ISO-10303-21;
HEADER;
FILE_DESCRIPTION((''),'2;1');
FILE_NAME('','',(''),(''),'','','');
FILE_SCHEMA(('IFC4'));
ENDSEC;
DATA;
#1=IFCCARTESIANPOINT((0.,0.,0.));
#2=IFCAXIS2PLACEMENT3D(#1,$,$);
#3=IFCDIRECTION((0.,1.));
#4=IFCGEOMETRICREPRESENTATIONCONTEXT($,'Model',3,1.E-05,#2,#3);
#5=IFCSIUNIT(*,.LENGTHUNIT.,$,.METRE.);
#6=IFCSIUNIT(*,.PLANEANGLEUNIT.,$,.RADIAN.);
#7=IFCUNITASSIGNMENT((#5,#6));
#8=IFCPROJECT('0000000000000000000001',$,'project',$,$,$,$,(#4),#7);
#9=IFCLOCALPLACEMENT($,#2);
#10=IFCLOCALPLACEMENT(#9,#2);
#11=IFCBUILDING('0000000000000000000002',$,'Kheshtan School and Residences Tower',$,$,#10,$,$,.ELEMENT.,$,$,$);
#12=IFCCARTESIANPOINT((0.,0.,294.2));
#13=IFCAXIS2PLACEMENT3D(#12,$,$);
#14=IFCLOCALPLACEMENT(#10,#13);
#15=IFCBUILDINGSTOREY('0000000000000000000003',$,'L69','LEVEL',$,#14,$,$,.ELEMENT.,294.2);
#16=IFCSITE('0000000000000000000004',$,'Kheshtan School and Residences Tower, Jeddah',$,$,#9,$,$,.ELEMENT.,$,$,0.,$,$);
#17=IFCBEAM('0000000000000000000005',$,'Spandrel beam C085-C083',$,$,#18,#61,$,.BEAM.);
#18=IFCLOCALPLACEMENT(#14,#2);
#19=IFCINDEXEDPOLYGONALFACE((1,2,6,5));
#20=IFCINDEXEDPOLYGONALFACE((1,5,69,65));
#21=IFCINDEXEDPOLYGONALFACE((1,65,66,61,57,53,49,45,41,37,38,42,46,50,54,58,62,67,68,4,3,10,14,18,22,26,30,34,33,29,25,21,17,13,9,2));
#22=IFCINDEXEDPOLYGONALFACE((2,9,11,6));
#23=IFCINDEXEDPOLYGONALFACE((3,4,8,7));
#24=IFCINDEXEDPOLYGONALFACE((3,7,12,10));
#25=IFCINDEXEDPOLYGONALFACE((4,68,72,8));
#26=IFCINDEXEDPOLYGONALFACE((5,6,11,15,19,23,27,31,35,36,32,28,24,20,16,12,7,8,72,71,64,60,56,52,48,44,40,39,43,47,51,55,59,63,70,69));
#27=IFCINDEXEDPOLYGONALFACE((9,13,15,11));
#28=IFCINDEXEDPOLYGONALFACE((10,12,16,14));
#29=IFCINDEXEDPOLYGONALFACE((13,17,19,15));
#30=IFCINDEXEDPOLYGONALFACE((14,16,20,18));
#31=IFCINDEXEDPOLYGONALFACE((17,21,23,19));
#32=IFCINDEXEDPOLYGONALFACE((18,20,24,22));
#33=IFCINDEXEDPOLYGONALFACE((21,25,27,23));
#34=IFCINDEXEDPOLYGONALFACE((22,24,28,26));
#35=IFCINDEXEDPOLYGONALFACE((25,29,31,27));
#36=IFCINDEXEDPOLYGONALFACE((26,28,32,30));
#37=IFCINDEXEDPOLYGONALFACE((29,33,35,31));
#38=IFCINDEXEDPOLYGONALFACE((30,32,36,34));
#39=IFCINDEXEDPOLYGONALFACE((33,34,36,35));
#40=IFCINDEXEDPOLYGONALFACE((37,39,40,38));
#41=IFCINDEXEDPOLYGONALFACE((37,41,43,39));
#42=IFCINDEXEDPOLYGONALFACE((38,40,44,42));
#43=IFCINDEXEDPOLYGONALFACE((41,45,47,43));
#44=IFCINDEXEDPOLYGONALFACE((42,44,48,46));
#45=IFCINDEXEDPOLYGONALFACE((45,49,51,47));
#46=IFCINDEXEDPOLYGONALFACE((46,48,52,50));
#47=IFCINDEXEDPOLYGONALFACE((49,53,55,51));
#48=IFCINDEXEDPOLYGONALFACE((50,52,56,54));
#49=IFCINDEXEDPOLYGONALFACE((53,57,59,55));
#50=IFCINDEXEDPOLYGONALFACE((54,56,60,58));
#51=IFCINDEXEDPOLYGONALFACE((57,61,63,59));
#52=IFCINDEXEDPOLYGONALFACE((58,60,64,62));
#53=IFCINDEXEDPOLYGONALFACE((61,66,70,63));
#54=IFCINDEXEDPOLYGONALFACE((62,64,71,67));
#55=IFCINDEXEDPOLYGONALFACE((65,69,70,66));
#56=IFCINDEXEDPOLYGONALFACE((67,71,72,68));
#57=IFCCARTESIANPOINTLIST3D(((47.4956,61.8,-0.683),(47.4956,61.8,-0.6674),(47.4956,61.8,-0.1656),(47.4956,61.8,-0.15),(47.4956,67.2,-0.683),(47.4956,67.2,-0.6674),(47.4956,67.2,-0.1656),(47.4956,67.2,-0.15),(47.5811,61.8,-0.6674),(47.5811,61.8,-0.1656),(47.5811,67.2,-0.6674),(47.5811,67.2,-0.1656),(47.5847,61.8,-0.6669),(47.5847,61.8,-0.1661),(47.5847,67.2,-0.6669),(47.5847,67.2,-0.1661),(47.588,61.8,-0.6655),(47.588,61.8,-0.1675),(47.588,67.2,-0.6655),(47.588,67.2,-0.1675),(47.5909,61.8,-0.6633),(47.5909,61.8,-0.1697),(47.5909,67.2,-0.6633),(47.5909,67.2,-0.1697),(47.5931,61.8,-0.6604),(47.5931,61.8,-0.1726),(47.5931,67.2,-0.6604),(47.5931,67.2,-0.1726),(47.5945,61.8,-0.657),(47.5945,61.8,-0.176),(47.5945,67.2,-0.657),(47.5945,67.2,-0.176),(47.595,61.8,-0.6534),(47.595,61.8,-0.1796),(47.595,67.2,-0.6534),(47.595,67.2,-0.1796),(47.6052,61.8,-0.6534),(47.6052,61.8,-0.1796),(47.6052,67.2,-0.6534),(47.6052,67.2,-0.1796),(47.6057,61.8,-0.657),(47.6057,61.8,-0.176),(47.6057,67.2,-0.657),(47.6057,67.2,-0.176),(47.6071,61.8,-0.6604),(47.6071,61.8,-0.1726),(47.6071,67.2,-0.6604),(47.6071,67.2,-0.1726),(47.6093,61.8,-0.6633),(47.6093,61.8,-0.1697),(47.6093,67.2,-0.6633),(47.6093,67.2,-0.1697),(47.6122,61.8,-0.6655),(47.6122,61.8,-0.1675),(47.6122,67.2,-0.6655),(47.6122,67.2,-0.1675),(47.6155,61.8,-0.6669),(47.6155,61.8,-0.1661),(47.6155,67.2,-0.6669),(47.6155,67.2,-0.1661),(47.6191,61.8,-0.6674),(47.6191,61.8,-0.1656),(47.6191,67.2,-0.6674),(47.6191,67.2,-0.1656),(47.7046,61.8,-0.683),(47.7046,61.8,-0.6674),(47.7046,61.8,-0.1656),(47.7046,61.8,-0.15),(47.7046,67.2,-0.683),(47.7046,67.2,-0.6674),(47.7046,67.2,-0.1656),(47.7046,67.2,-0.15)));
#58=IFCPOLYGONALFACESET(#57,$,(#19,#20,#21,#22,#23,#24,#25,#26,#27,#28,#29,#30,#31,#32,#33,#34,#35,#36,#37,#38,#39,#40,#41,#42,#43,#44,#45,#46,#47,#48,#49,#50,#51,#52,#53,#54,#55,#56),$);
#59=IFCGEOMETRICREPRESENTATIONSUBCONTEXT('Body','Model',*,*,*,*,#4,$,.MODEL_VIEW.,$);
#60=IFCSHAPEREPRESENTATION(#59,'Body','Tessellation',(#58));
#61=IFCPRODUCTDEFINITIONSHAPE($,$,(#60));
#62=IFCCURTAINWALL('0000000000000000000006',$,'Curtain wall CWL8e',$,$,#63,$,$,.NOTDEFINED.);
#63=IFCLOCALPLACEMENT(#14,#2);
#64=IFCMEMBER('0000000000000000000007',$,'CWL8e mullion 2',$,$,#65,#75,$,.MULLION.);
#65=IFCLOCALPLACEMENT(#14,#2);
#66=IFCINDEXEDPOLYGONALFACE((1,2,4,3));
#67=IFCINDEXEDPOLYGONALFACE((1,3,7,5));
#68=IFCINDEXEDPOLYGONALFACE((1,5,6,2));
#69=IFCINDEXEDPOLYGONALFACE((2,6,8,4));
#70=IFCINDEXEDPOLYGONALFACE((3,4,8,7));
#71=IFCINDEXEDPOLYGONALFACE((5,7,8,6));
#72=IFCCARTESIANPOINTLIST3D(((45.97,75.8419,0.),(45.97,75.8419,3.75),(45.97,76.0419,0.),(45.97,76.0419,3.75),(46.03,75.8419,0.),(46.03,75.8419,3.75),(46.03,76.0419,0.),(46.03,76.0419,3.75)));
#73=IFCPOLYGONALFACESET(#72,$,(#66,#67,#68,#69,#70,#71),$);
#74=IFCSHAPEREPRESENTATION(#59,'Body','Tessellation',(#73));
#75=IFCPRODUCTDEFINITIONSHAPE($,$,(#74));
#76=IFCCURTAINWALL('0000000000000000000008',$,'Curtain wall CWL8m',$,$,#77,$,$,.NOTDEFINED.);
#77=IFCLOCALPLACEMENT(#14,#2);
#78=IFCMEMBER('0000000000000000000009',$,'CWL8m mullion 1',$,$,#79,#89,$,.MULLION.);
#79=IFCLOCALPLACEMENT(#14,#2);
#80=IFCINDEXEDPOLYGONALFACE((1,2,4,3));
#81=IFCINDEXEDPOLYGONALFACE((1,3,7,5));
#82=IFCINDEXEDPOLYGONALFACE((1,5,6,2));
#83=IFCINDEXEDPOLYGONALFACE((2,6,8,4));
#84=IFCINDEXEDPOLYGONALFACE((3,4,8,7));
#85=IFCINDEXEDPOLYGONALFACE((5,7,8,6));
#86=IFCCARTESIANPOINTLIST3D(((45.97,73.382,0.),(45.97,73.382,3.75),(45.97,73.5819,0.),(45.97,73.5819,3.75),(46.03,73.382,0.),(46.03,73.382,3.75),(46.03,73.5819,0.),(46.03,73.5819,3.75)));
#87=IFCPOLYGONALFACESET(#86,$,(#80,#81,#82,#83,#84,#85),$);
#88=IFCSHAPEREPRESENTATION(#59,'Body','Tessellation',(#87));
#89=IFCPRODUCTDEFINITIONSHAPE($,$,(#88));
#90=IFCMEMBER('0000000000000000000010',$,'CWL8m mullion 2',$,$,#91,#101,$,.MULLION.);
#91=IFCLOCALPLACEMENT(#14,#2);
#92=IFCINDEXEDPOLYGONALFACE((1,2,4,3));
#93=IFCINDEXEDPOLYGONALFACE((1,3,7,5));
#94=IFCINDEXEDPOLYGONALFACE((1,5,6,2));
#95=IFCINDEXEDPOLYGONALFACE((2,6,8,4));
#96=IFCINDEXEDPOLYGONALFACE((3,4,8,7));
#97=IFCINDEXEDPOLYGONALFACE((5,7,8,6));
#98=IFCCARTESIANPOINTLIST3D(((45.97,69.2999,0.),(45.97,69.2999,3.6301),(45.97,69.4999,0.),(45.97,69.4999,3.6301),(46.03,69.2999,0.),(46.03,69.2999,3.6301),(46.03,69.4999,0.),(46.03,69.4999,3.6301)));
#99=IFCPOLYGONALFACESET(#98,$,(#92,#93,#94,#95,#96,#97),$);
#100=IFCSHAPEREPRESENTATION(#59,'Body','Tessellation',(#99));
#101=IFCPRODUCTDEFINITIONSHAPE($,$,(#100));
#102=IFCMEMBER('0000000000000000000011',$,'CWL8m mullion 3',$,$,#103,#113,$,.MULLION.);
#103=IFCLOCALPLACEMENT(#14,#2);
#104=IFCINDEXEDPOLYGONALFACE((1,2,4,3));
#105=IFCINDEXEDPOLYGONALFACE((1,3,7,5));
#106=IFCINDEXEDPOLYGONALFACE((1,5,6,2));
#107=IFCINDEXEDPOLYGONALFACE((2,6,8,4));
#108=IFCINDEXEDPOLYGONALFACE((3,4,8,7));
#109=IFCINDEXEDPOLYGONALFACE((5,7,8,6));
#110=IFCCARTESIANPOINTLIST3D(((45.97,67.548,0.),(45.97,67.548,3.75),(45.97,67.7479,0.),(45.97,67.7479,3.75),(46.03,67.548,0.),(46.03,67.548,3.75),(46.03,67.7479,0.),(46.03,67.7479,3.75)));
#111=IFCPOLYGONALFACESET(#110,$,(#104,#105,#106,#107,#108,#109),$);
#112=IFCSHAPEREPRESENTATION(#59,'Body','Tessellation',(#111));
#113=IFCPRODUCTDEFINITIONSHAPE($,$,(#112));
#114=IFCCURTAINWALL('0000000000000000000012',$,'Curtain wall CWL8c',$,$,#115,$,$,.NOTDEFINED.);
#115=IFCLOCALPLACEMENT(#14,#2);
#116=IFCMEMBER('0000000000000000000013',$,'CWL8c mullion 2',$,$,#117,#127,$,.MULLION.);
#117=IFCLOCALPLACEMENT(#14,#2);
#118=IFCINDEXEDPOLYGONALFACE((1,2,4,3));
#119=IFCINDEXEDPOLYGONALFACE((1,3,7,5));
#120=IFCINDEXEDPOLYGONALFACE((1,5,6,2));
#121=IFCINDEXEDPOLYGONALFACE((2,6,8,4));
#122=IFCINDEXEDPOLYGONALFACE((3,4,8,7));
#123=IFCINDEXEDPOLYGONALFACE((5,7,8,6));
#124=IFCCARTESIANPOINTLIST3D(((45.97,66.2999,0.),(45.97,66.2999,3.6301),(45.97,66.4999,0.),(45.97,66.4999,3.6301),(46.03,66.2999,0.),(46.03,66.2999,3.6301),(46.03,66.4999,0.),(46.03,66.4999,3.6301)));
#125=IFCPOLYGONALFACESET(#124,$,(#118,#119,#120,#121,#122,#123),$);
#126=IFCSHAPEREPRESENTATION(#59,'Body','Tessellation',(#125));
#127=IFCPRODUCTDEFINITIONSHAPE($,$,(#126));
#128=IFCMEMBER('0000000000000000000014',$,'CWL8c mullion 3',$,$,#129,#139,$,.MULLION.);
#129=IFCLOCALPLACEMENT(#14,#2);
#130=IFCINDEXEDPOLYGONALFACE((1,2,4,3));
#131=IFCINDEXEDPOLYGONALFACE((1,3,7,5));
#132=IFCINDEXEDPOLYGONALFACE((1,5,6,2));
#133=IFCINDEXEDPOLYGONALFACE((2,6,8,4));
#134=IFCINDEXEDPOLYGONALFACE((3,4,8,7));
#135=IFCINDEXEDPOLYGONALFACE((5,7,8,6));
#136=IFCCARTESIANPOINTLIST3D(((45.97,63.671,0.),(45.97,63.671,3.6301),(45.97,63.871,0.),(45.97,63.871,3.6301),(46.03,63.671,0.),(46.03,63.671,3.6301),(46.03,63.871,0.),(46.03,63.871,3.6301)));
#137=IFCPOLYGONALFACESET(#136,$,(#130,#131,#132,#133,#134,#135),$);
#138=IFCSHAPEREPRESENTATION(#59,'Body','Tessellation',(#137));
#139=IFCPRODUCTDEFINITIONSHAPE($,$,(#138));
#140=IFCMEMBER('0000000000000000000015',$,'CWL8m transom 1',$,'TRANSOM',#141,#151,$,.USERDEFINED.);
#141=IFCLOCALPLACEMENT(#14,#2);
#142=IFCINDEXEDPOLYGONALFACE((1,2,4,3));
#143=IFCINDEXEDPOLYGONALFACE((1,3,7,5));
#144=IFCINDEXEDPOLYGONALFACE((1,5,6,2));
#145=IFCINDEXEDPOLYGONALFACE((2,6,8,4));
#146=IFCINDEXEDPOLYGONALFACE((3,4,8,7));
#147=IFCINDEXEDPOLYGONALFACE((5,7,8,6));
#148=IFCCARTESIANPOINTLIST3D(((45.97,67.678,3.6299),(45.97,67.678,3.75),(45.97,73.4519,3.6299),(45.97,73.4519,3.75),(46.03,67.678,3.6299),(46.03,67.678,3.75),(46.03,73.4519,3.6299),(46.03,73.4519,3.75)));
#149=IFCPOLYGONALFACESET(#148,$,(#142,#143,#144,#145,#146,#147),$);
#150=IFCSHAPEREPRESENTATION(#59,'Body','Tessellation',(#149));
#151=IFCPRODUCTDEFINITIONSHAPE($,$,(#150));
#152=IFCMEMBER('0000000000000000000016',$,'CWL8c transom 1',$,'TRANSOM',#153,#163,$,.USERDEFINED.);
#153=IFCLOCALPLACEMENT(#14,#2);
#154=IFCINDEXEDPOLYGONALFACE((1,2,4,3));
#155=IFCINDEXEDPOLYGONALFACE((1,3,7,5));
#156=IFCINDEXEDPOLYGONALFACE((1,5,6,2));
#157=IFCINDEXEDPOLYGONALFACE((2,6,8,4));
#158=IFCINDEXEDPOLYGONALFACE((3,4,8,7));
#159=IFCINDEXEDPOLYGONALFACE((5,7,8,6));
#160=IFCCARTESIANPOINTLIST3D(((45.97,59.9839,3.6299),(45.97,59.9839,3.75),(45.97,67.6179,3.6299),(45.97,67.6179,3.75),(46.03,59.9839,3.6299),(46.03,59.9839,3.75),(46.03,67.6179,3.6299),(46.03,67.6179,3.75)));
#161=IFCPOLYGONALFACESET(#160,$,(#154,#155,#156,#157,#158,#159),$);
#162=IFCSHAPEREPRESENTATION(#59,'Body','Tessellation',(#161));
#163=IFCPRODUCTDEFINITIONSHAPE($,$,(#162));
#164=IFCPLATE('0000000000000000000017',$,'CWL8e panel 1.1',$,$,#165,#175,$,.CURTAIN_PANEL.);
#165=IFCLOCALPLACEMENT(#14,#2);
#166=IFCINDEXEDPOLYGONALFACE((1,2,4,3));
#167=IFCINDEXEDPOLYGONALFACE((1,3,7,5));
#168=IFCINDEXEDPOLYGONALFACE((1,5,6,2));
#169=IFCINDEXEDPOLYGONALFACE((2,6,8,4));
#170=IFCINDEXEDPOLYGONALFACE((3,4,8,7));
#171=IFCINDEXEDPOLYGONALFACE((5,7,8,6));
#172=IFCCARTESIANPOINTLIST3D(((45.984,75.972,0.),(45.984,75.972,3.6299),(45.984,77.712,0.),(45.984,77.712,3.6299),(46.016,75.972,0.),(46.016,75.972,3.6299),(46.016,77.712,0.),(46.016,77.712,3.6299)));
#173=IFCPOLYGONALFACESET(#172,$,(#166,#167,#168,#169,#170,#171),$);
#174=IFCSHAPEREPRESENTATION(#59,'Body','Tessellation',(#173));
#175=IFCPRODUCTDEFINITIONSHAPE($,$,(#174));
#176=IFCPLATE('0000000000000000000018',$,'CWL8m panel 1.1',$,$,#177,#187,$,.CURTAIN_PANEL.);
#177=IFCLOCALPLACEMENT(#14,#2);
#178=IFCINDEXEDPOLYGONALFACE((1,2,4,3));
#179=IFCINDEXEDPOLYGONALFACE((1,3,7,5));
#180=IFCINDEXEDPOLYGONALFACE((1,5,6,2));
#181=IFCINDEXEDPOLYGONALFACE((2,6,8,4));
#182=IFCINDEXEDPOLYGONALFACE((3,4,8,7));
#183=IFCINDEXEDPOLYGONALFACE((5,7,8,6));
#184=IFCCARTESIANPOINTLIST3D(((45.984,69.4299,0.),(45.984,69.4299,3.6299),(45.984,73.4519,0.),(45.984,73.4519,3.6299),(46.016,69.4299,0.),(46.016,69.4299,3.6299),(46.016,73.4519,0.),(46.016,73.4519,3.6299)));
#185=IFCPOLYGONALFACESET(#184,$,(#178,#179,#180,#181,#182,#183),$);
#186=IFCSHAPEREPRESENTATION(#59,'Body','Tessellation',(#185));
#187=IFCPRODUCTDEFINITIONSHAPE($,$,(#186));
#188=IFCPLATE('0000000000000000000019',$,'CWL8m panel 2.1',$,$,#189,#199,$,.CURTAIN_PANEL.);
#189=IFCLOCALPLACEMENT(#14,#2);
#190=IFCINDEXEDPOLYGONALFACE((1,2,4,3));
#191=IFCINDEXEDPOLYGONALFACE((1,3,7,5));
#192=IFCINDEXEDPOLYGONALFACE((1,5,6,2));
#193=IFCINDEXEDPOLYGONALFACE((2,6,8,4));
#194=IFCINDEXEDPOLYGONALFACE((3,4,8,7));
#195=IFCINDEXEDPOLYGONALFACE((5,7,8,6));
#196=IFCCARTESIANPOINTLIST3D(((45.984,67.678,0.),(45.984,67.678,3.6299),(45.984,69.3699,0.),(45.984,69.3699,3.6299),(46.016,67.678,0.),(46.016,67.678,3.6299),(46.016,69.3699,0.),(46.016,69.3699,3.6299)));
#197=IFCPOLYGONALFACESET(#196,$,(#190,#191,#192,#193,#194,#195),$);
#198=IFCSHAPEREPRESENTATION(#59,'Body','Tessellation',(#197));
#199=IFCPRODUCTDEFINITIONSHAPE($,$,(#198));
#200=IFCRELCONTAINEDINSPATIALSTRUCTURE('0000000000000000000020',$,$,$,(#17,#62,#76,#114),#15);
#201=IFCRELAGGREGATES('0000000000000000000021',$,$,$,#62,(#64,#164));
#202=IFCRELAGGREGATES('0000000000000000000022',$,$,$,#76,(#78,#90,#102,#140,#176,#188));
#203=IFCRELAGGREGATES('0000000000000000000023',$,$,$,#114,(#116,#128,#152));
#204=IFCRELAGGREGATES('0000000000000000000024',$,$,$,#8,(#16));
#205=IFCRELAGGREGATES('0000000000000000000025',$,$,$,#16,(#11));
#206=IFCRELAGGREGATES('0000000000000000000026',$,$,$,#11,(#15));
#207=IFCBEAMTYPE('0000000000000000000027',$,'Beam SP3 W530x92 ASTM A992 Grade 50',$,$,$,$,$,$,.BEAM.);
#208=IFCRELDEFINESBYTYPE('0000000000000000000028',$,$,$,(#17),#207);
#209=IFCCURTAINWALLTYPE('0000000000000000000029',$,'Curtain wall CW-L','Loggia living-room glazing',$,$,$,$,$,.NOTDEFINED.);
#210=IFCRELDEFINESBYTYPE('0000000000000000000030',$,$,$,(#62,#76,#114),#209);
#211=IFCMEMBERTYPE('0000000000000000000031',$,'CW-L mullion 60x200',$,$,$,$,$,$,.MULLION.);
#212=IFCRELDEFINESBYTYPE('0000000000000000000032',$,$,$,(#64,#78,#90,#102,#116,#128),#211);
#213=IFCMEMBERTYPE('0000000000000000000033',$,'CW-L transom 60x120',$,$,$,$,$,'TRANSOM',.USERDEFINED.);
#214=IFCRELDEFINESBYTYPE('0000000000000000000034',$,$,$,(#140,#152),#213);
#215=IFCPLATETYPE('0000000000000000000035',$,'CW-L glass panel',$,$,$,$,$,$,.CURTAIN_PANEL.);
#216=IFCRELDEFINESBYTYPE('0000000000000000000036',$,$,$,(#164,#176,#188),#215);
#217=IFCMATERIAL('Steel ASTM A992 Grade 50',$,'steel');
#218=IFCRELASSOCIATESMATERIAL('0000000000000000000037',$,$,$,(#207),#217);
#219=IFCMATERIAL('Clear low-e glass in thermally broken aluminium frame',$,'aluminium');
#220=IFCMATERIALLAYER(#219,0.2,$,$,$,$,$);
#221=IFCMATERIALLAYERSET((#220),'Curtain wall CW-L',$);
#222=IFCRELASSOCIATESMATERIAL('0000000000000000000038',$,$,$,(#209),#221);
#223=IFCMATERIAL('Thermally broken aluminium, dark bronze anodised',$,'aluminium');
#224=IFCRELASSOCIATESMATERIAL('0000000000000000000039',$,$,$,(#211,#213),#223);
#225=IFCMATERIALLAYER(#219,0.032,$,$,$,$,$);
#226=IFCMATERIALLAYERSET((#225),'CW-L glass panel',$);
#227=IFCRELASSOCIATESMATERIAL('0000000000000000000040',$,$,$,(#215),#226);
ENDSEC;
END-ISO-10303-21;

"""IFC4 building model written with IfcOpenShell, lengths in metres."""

from ifc_helpers import new_model, si_unit, direction, frame, origin, origin_2d, place, context, subcontext, project, spatial, rectangle, i_section, extrude, material, layer, layer_set, material_profile, profile_set, type_object, element, aggregate, save


model = new_model("IFC4")

# Units and contexts
model_context = context("Model", 3, precision=1e-05, world=origin(), true_north=direction((0.0, 1.0)))
body_context = subcontext(model_context, "Body", "Model", "MODEL_VIEW")
ifc_project = project(units=[si_unit("LENGTHUNIT", "METRE"), si_unit("PLANEANGLEUNIT", "RADIAN")], contexts=[model_context])

# Site, building, storey
site_placement = place(None, origin())
site = spatial("IfcSite", under=ifc_project, at=site_placement, Name="Kheshtan School and Residences Tower, Jeddah", CompositionType="ELEMENT", RefElevation=0.0)
building_placement = place(site_placement, origin())
building = spatial("IfcBuilding", under=site, at=building_placement, Name="Kheshtan School and Residences Tower", CompositionType="ELEMENT")
storey_placement = place(building_placement, frame((0.0, 0.0, 294.2)))
storey = spatial("IfcBuildingStorey", under=building, at=storey_placement, Name="L69", Description="LEVEL", CompositionType="ELEMENT", Elevation=294.2)

# Shared definitions
ifc_material_1 = material(Name="Steel ASTM A992 Grade 50", Category="steel")

# Beam
ifc_material_profile_1 = material_profile(ifc_material_1, i_section(OverallWidth=0.209, OverallDepth=0.533, WebThickness=0.0103, FlangeThickness=0.0156, FilletRadius=0.0139, at=origin_2d()), Name="W530x92")
ifc_profile_set_1 = profile_set([ifc_material_profile_1], Name="Steel ASTM A992 Grade 50")
beam_type_1 = type_object("IfcBeamType", Name="Beam SP3 W530x92 ASTM A992 Grade 50", PredefinedType="BEAM", material=ifc_profile_set_1)
beam_1_placement = place(storey_placement, frame((47.6001, 67.2, -0.4165), z_axis=(0.0, -1.0, 0.0), x_axis=(1.0, 0.0, 0.0)))
element("IfcBeam", 1, at=beam_1_placement, inside=storey, type_object=beam_type_1, Name="Spandrel beam C085-C083", PredefinedType="BEAM", context=body_context, shape_type="SweptSolid", body=[
    extrude(i_section(OverallWidth=0.209, OverallDepth=0.533, WebThickness=0.0103, FlangeThickness=0.0156, FilletRadius=0.0139, at=origin_2d()), origin(), (0.0, 0.0, 1.0), 5.3999),
])

# Curtain wall, member
ifc_material_2 = material(Name="Clear low-e glass in thermally broken aluminium frame", Category="aluminium")
ifc_layer_1 = layer(ifc_material_2, 0.2)
ifc_layer_set_1 = layer_set([ifc_layer_1], Name="Curtain wall CW-L")
curtain_wall_type = type_object("IfcCurtainWallType", Name="Curtain wall CW-L", Description="Loggia living-room glazing", PredefinedType="NOTDEFINED", material=ifc_layer_set_1)
curtain_wall_1_placement = place(storey_placement, origin())
curtain_wall_1 = element("IfcCurtainWall", 2, at=curtain_wall_1_placement, inside=storey, type_object=curtain_wall_type, Name="Curtain wall CWL8e", PredefinedType="NOTDEFINED")
ifc_material_3 = material(Name="Thermally broken aluminium, dark bronze anodised", Category="aluminium")
ifc_material_profile_2 = material_profile(ifc_material_3, rectangle(XDim=0.0601, YDim=0.2, at=origin_2d()), Name="CW-L mullion 60x200")
ifc_profile_set_2 = profile_set([ifc_material_profile_2], Name="Thermally broken aluminium, dark bronze anodised")
member_type_1 = type_object("IfcMemberType", Name="CW-L mullion 60x200", PredefinedType="MULLION", material=ifc_profile_set_2)
member_1_placement = place(storey_placement, frame((46.0, 75.9419, 0.0), z_axis=(0.0, 0.0, 1.0), x_axis=(1.0, 0.0, 0.0)))
member_1 = element("IfcMember", 3, at=member_1_placement, type_object=member_type_1, Name="CWL8e mullion 2", PredefinedType="MULLION", context=body_context, shape_type="SweptSolid", body=[
    extrude(rectangle(XDim=0.0601, YDim=0.2, at=origin_2d()), origin(), (0.0, 0.0, 1.0), 3.75),
])

# Curtain walls, members
curtain_wall_2_placement = place(storey_placement, origin())
curtain_wall_2 = element("IfcCurtainWall", 4, at=curtain_wall_2_placement, inside=storey, type_object=curtain_wall_type, Name="Curtain wall CWL8m", PredefinedType="NOTDEFINED")
member_2_placement = place(storey_placement, frame((46.0, 73.4819, 0.0), z_axis=(0.0, 0.0, 1.0), x_axis=(1.0, 0.0, 0.0)))
member_2 = element("IfcMember", 5, at=member_2_placement, type_object=member_type_1, Name="CWL8m mullion 1", PredefinedType="MULLION", context=body_context, shape_type="SweptSolid", body=[
    extrude(rectangle(XDim=0.0601, YDim=0.2, at=origin_2d()), origin(), (0.0, 0.0, 1.0), 3.75),
])
member_3_placement = place(storey_placement, frame((46.0, 69.3999, 0.0), z_axis=(0.0, 0.0, 1.0), x_axis=(1.0, 0.0, 0.0)))
member_3 = element("IfcMember", 6, at=member_3_placement, type_object=member_type_1, Name="CWL8m mullion 2", PredefinedType="MULLION", context=body_context, shape_type="SweptSolid", body=[
    extrude(rectangle(XDim=0.0601, YDim=0.2, at=origin_2d()), origin(), (0.0, 0.0, 1.0), 3.6301),
])
member_4_placement = place(storey_placement, frame((46.0, 67.6479, 0.0), z_axis=(0.0, 0.0, 1.0), x_axis=(1.0, 0.0, 0.0)))
member_4 = element("IfcMember", 7, at=member_4_placement, type_object=member_type_1, Name="CWL8m mullion 3", PredefinedType="MULLION", context=body_context, shape_type="SweptSolid", body=[
    extrude(rectangle(XDim=0.0601, YDim=0.2, at=origin_2d()), origin(), (0.0, 0.0, 1.0), 3.75),
])
curtain_wall_3_placement = place(storey_placement, origin())
curtain_wall_3 = element("IfcCurtainWall", 8, at=curtain_wall_3_placement, inside=storey, type_object=curtain_wall_type, Name="Curtain wall CWL8c", PredefinedType="NOTDEFINED")
member_5_placement = place(storey_placement, frame((46.0, 66.3999, 0.0), z_axis=(0.0, 0.0, 1.0), x_axis=(1.0, 0.0, 0.0)))
member_5 = element("IfcMember", 9, at=member_5_placement, type_object=member_type_1, Name="CWL8c mullion 2", PredefinedType="MULLION", context=body_context, shape_type="SweptSolid", body=[
    extrude(rectangle(XDim=0.0601, YDim=0.2, at=origin_2d()), origin(), (0.0, 0.0, 1.0), 3.6301),
])
member_6_placement = place(storey_placement, frame((46.0, 63.771, 0.0), z_axis=(0.0, 0.0, 1.0), x_axis=(1.0, 0.0, 0.0)))
member_6 = element("IfcMember", 10, at=member_6_placement, type_object=member_type_1, Name="CWL8c mullion 3", PredefinedType="MULLION", context=body_context, shape_type="SweptSolid", body=[
    extrude(rectangle(XDim=0.0601, YDim=0.2, at=origin_2d()), origin(), (0.0, 0.0, 1.0), 3.6301),
])

# Members
ifc_material_profile_3 = material_profile(ifc_material_3, rectangle(XDim=0.0601, YDim=0.1201, at=origin_2d()), Name="CW-L transom 60x120")
ifc_profile_set_3 = profile_set([ifc_material_profile_3], Name="Thermally broken aluminium, dark bronze anodised")
member_type_2 = type_object("IfcMemberType", Name="CW-L transom 60x120", ElementType="TRANSOM", PredefinedType="USERDEFINED", material=ifc_profile_set_3)
member_7_placement = place(storey_placement, frame((46.0, 73.4519, 3.6899), z_axis=(0.0, -1.0, 0.0), x_axis=(1.0, 0.0, 0.0)))
member_7 = element("IfcMember", 11, at=member_7_placement, type_object=member_type_2, Name="CWL8m transom 1", ObjectType="TRANSOM", PredefinedType="USERDEFINED", context=body_context, shape_type="SweptSolid", body=[
    extrude(rectangle(XDim=0.0601, YDim=0.1201, at=origin_2d()), origin(), (0.0, 0.0, 1.0), 5.7739),
])
member_8_placement = place(storey_placement, frame((46.0, 67.6179, 3.6899), z_axis=(0.0, -1.0, 0.0), x_axis=(1.0, 0.0, 0.0)))
member_8 = element("IfcMember", 12, at=member_8_placement, type_object=member_type_2, Name="CWL8c transom 1", ObjectType="TRANSOM", PredefinedType="USERDEFINED", context=body_context, shape_type="SweptSolid", body=[
    extrude(rectangle(XDim=0.0601, YDim=0.1201, at=origin_2d()), origin(), (0.0, 0.0, 1.0), 7.634),
])

# Plates
ifc_layer_2 = layer(ifc_material_2, 0.032)
ifc_layer_set_2 = layer_set([ifc_layer_2], Name="CW-L glass panel")
plate_type = type_object("IfcPlateType", Name="CW-L glass panel", PredefinedType="CURTAIN_PANEL", material=ifc_layer_set_2)
plate_1_placement = place(storey_placement, frame((46.0, 76.842, 0.0), z_axis=(0.0, 0.0, 1.0), x_axis=(0.0, -1.0, 0.0)))
plate_1 = element("IfcPlate", 13, at=plate_1_placement, type_object=plate_type, Name="CWL8e panel 1.1", PredefinedType="CURTAIN_PANEL", context=body_context, shape_type="SweptSolid", body=[
    extrude(rectangle(XDim=1.74, YDim=0.032, at=origin_2d()), origin(), (0.0, 0.0, 1.0), 3.6299),
])
aggregate(curtain_wall_1, [member_1, plate_1])
plate_2_placement = place(storey_placement, frame((46.0, 71.4409, 0.0), z_axis=(0.0, 0.0, 1.0), x_axis=(0.0, -1.0, 0.0)))
plate_2 = element("IfcPlate", 14, at=plate_2_placement, type_object=plate_type, Name="CWL8m panel 1.1", PredefinedType="CURTAIN_PANEL", context=body_context, shape_type="SweptSolid", body=[
    extrude(rectangle(XDim=4.022, YDim=0.032, at=origin_2d()), origin(), (0.0, 0.0, 1.0), 3.6299),
])
plate_3_placement = place(storey_placement, frame((46.0, 68.5239, 0.0), z_axis=(0.0, 0.0, 1.0), x_axis=(0.0, -1.0, 0.0)))
plate_3 = element("IfcPlate", 15, at=plate_3_placement, type_object=plate_type, Name="CWL8m panel 2.1", PredefinedType="CURTAIN_PANEL", context=body_context, shape_type="SweptSolid", body=[
    extrude(rectangle(XDim=1.6919, YDim=0.032, at=origin_2d()), origin(), (0.0, 0.0, 1.0), 3.6299),
])
aggregate(curtain_wall_2, [member_2, member_3, member_4, member_7, plate_2, plate_3])
aggregate(curtain_wall_3, [member_5, member_6, member_8])

save(model, "model.ifc")
